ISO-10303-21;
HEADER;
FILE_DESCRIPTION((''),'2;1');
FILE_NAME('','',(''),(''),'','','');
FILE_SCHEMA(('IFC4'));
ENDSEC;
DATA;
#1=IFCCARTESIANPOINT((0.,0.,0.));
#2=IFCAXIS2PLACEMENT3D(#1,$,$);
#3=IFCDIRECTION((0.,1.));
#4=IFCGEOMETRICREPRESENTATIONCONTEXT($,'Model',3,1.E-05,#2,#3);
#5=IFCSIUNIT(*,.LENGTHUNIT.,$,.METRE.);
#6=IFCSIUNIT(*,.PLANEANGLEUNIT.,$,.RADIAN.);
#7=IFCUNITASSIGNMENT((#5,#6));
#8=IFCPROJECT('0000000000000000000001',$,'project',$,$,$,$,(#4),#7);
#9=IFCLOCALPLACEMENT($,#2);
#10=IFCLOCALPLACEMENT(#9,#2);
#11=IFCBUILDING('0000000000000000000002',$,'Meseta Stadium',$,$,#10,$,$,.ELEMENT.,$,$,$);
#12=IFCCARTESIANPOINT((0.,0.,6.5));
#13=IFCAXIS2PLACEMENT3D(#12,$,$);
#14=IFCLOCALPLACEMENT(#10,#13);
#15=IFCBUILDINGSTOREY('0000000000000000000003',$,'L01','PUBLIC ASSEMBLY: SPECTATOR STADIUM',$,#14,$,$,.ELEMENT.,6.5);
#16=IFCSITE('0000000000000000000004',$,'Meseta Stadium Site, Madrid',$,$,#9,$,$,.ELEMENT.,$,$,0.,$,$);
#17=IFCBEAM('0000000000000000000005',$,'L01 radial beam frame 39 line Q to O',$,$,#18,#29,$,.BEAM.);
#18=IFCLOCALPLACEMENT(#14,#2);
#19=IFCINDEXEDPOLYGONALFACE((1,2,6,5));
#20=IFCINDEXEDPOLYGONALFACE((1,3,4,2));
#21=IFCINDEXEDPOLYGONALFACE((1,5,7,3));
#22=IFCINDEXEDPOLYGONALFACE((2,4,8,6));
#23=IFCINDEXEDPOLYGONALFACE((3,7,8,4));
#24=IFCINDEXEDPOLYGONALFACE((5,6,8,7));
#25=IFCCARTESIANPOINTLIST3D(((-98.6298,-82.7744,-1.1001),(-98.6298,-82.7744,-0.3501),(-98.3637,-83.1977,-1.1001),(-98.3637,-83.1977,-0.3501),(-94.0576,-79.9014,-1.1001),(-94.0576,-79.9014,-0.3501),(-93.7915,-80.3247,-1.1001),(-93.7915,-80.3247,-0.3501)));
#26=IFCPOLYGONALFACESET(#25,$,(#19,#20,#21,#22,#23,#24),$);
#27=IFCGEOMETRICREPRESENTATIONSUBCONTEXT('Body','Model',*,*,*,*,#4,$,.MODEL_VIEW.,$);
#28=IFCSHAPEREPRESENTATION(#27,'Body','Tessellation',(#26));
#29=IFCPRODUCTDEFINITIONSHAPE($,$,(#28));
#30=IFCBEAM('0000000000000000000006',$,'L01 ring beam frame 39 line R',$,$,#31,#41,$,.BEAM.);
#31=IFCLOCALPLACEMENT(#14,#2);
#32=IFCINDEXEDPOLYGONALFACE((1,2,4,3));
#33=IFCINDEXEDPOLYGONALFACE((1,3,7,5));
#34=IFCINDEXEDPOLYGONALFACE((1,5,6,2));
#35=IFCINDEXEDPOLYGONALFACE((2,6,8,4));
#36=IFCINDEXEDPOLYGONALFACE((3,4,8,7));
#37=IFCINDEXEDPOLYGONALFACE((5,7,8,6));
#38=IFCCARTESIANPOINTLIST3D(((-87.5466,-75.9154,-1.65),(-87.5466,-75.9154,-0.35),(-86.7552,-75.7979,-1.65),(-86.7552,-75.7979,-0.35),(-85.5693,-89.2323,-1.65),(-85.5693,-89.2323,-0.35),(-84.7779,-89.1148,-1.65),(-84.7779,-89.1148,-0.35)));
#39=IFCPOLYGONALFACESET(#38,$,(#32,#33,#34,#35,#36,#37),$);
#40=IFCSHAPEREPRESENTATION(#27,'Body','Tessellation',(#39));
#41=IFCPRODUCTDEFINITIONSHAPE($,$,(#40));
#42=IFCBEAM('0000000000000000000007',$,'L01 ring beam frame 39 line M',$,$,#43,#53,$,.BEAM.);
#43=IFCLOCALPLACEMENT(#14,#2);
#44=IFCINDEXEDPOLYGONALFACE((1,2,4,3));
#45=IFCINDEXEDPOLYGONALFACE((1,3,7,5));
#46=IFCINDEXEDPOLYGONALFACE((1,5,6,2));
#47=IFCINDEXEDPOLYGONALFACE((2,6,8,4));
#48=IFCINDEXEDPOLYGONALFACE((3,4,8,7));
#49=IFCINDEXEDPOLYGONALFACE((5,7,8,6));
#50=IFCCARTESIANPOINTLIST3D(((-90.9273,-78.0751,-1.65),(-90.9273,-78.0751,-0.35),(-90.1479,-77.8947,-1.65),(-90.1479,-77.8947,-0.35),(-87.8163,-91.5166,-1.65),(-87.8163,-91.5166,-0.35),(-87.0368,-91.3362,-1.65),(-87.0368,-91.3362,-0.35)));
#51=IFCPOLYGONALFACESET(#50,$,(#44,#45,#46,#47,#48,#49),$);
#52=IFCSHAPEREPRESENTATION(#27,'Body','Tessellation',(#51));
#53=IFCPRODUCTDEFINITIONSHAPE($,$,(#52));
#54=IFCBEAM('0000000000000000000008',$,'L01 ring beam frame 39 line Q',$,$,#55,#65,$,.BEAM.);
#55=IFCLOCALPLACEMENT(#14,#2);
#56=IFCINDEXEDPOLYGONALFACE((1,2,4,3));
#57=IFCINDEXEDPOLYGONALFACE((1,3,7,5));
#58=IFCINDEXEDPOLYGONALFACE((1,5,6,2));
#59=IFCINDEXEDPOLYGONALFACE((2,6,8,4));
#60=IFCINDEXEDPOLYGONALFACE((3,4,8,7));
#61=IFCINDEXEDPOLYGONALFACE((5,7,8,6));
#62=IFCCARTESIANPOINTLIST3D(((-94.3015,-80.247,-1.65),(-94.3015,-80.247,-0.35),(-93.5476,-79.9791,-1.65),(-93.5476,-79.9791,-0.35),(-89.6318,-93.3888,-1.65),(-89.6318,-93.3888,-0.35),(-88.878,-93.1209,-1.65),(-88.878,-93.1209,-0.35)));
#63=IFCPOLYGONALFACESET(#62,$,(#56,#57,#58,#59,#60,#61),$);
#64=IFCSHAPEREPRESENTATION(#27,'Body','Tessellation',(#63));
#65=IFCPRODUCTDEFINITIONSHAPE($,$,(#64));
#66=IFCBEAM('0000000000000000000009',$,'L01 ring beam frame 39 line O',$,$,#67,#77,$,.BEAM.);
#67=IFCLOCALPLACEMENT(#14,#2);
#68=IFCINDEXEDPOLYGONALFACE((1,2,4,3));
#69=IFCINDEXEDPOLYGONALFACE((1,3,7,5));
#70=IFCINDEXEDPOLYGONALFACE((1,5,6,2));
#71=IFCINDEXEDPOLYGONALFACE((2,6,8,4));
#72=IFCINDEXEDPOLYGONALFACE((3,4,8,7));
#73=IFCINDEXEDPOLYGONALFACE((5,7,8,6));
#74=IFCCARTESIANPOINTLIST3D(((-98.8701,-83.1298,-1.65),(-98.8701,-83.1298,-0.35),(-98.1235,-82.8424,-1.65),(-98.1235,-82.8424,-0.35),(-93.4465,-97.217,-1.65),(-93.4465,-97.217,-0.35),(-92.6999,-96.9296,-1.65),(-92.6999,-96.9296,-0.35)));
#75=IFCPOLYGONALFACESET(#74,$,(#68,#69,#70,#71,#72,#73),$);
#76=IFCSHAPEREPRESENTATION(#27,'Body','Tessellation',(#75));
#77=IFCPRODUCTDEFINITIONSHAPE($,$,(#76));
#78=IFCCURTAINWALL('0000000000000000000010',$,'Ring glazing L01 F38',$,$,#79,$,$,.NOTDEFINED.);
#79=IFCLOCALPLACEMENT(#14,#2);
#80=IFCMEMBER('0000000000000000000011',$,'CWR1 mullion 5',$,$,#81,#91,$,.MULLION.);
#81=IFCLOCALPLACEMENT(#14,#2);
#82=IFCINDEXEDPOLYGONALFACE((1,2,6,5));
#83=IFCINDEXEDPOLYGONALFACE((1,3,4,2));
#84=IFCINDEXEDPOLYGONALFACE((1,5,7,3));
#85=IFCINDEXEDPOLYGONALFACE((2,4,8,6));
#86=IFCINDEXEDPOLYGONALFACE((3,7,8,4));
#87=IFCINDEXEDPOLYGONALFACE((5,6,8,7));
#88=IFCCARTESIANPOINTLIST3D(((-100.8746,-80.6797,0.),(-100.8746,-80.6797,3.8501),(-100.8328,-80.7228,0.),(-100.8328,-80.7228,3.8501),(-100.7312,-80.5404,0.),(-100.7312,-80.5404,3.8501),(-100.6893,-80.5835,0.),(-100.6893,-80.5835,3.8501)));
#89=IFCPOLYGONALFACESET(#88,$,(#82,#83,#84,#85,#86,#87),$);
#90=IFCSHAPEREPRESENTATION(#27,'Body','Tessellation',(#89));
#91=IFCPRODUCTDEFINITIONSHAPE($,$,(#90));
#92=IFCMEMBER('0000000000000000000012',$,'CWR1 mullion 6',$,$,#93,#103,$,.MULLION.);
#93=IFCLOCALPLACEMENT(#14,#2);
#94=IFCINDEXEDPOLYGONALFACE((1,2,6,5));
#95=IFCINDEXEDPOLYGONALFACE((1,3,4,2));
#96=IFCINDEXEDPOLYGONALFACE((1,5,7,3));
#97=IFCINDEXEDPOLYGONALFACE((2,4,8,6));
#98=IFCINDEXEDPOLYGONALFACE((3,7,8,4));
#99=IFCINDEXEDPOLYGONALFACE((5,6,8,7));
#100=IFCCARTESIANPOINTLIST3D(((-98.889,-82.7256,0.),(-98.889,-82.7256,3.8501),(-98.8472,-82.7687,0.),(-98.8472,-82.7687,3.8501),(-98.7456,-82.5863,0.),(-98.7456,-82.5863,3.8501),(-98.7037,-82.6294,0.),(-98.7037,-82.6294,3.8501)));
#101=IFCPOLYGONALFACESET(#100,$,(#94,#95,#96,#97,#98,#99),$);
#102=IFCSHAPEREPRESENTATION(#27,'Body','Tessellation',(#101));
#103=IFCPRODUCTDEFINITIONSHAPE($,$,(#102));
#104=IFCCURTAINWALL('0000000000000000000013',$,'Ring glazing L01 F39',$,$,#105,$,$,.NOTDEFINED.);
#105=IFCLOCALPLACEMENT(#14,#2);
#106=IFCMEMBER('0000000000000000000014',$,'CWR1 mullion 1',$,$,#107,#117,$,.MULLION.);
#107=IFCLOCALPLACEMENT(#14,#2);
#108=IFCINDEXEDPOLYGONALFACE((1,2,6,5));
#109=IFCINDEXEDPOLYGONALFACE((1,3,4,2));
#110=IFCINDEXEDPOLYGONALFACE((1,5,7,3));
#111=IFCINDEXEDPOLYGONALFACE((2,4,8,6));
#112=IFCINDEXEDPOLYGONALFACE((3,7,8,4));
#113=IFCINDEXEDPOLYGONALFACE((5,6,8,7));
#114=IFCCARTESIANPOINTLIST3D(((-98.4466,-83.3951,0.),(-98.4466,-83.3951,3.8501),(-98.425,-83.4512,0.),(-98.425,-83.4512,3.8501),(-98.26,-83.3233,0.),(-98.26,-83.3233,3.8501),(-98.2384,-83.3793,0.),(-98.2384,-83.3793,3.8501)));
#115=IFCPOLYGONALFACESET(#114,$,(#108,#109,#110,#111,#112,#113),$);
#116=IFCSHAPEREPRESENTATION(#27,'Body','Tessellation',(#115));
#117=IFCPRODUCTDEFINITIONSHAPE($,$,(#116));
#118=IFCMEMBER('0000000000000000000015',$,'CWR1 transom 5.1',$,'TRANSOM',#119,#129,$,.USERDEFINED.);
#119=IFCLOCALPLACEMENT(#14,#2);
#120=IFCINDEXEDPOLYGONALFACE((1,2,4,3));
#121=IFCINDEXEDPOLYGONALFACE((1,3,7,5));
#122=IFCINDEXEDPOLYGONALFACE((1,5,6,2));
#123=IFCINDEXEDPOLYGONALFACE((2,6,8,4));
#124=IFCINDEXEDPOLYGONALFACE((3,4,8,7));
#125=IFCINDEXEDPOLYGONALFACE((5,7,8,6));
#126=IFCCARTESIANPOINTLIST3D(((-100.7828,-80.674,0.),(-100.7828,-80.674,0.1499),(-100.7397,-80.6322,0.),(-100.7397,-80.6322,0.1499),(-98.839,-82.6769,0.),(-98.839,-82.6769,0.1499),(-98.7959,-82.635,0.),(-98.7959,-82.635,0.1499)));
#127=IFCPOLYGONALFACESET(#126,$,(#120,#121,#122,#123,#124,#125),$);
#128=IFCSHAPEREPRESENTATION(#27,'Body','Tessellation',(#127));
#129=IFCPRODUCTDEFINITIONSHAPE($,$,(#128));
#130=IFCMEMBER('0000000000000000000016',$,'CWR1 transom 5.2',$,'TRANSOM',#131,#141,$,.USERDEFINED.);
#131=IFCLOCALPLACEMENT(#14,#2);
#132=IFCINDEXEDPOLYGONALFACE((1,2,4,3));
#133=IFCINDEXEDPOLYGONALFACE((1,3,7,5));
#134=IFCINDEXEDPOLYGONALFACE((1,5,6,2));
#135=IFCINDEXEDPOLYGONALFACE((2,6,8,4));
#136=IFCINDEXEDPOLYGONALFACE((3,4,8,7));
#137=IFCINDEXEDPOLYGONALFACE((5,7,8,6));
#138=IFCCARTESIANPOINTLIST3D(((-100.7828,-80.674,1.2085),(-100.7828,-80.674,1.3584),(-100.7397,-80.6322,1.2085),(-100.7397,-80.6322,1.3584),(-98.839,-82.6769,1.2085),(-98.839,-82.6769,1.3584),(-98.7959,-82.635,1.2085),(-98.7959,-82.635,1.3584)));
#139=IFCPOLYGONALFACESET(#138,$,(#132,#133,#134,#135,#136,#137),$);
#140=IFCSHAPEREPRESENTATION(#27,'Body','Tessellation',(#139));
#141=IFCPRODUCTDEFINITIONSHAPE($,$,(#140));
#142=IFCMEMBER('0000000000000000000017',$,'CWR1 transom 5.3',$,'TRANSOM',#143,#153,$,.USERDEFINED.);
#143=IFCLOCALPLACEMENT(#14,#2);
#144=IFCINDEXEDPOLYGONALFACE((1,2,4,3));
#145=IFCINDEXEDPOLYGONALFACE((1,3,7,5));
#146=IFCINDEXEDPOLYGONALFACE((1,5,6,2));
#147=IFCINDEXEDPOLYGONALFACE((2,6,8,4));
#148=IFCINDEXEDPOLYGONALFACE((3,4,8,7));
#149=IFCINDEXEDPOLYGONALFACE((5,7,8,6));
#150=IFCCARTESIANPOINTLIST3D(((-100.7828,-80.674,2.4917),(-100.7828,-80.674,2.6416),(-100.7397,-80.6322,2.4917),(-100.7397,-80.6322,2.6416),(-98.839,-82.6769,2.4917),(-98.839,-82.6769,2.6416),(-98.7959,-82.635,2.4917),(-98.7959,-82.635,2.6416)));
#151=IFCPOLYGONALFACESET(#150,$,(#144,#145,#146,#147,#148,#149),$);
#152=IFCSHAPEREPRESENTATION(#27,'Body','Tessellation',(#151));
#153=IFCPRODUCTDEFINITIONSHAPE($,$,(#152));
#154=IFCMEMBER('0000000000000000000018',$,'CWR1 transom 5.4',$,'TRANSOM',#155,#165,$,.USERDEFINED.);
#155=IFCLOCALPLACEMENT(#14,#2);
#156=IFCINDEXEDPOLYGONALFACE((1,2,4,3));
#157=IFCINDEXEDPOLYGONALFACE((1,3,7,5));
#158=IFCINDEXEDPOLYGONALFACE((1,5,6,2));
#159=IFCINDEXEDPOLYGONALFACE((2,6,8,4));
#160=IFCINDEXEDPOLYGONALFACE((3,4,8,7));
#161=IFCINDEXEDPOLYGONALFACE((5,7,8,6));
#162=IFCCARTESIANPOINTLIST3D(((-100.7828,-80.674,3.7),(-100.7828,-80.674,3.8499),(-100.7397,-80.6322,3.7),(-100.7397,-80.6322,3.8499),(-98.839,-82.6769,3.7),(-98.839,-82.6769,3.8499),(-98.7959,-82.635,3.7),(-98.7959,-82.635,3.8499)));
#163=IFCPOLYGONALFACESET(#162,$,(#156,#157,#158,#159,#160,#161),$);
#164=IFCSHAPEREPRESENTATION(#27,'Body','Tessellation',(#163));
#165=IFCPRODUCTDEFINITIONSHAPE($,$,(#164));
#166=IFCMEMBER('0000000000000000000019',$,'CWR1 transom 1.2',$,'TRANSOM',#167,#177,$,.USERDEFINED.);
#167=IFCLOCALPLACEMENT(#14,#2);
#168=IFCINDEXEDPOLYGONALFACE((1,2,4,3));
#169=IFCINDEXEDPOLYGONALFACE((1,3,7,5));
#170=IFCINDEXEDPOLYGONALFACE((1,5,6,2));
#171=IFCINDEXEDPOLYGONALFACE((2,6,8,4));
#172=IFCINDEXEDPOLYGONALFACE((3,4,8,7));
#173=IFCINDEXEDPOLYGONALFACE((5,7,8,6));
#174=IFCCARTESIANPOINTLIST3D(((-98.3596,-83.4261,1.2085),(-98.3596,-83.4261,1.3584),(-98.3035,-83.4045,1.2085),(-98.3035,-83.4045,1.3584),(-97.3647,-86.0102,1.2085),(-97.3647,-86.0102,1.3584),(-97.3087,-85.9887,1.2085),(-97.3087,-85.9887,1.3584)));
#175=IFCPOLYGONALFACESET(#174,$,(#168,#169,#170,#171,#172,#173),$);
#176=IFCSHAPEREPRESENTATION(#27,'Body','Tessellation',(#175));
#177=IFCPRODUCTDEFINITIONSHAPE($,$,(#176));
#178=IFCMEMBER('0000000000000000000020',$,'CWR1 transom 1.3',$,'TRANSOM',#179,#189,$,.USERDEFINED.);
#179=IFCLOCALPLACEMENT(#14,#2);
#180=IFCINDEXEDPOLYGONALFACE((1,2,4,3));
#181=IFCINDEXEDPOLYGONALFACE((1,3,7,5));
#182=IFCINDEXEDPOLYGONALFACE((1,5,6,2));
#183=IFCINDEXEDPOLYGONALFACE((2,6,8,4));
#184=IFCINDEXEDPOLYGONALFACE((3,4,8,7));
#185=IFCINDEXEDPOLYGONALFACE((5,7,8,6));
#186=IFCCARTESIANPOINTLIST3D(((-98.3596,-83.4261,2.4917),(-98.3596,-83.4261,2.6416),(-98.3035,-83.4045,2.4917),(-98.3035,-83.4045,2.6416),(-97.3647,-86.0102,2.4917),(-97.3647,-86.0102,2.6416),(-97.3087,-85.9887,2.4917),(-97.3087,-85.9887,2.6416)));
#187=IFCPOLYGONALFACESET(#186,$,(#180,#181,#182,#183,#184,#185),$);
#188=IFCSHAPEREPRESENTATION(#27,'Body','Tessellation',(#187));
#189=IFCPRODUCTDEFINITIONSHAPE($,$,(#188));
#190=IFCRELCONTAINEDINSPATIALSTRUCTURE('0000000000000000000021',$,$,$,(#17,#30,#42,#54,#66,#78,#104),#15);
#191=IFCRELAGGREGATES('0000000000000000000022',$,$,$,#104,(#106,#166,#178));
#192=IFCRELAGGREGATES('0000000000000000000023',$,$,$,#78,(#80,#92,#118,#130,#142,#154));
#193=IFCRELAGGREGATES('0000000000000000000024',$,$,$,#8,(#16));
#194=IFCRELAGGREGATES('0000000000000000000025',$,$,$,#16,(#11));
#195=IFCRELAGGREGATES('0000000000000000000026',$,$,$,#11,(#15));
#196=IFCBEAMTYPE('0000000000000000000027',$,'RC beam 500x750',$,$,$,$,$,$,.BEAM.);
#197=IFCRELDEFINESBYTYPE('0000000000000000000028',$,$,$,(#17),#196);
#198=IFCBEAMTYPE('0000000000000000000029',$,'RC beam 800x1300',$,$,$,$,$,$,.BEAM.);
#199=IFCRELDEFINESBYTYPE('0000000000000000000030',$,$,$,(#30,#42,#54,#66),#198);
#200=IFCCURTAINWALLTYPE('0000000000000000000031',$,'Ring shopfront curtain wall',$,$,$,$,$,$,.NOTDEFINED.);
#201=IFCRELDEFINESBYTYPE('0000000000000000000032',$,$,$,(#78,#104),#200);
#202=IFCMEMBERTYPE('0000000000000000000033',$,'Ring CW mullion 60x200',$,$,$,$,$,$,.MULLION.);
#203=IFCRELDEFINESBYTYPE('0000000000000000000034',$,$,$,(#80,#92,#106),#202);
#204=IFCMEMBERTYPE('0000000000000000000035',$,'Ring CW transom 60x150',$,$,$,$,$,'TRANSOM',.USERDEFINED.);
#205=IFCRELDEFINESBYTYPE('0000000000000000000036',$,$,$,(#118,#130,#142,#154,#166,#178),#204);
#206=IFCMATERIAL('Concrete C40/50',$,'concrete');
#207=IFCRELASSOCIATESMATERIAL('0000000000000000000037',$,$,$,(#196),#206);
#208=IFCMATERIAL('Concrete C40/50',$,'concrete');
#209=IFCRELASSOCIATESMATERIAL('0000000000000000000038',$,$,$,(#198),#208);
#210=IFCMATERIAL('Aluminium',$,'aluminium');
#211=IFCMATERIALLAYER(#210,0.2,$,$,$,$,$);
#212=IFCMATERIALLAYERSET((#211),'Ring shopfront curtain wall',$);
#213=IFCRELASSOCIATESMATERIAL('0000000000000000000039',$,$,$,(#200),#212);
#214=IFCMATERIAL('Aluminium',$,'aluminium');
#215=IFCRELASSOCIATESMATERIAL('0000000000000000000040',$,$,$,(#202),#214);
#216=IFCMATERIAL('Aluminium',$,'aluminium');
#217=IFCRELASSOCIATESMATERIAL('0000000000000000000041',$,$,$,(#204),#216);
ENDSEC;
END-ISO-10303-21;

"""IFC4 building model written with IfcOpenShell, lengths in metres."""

from ifc_helpers import new_model, si_unit, direction, frame, origin, origin_2d, place, context, subcontext, project, spatial, rectangle, extrude, material, layer, layer_set, material_profile, profile_set, type_object, element, aggregate, save


model = new_model("IFC4")

# Units and contexts
model_context = context("Model", 3, precision=1e-05, world=origin(), true_north=direction((0.0, 1.0)))
body_context = subcontext(model_context, "Body", "Model", "MODEL_VIEW")
ifc_project = project(units=[si_unit("LENGTHUNIT", "METRE"), si_unit("PLANEANGLEUNIT", "RADIAN")], contexts=[model_context])

# Site, building, storey
site_placement = place(None, origin())
site = spatial("IfcSite", under=ifc_project, at=site_placement, Name="Meseta Stadium Site, Madrid", CompositionType="ELEMENT", RefElevation=0.0)
building_placement = place(site_placement, origin())
building = spatial("IfcBuilding", under=site, at=building_placement, Name="Meseta Stadium", CompositionType="ELEMENT")
storey_placement = place(building_placement, frame((0.0, 0.0, 6.5)))
storey = spatial("IfcBuildingStorey", under=building, at=storey_placement, Name="L01", Description="PUBLIC ASSEMBLY: SPECTATOR STADIUM", CompositionType="ELEMENT", Elevation=6.5)

# Beams
ifc_material_1 = material(Name="Concrete C40/50", Category="concrete")
ifc_material_profile_1 = material_profile(ifc_material_1, rectangle(XDim=0.5, YDim=0.75, at=origin_2d()), Name="RC 500x750")
ifc_profile_set_1 = profile_set([ifc_material_profile_1], Name="Concrete C40/50")
beam_type_1 = type_object("IfcBeamType", Name="RC beam 500x750", PredefinedType="BEAM", material=ifc_profile_set_1)
beam_1_placement = place(storey_placement, frame((-93.9246, -80.113, -0.7251), z_axis=(-0.846716, -0.532046, 0.0), x_axis=(0.532046, -0.846716, 0.0)))
element("IfcBeam", 1, at=beam_1_placement, inside=storey, type_object=beam_type_1, Name="L01 radial beam frame 39 line Q to O", PredefinedType="BEAM", context=body_context, shape_type="SweptSolid", body=[
    extrude(rectangle(XDim=0.5, YDim=0.75, at=origin_2d()), origin(), (0.0, 0.0, 1.0), 5.3999),
])
ifc_material_2 = material(Name="Concrete C40/50", Category="concrete")
ifc_material_profile_2 = material_profile(ifc_material_2, rectangle(XDim=0.8, YDim=1.3, at=origin_2d()), Name="RC 800x1300")
ifc_profile_set_2 = profile_set([ifc_material_profile_2], Name="Concrete C40/50")
beam_type_2 = type_object("IfcBeamType", Name="RC beam 800x1300", PredefinedType="BEAM", material=ifc_profile_set_2)
beam_2_placement = place(storey_placement, frame((-87.1509, -75.8567, -1.0), z_axis=(0.14687, -0.989156, 0.0), x_axis=(0.989156, 0.14687, 0.0)))
element("IfcBeam", 2, at=beam_2_placement, inside=storey, type_object=beam_type_2, Name="L01 ring beam frame 39 line R", PredefinedType="BEAM", context=body_context, shape_type="SweptSolid", body=[
    extrude(rectangle(XDim=0.8, YDim=1.3, at=origin_2d()), origin(), (0.0, 0.0, 1.0), 13.4629),
])
beam_3_placement = place(storey_placement, frame((-90.5376, -77.9849, -1.0), z_axis=(0.22549, -0.974245, 0.0), x_axis=(0.974245, 0.22549, 0.0)))
element("IfcBeam", 3, at=beam_3_placement, inside=storey, type_object=beam_type_2, Name="L01 ring beam frame 39 line M", PredefinedType="BEAM", context=body_context, shape_type="SweptSolid", body=[
    extrude(rectangle(XDim=0.8, YDim=1.3, at=origin_2d()), origin(), (0.0, 0.0, 1.0), 13.7969),
])
beam_4_placement = place(storey_placement, frame((-93.9246, -80.113, -1.0), z_axis=(0.33482, -0.942282, 0.0), x_axis=(0.942282, 0.33482, 0.0)))
element("IfcBeam", 4, at=beam_4_placement, inside=storey, type_object=beam_type_2, Name="L01 ring beam frame 39 line Q", PredefinedType="BEAM", context=body_context, shape_type="SweptSolid", body=[
    extrude(rectangle(XDim=0.8, YDim=1.3, at=origin_2d()), origin(), (0.0, 0.0, 1.0), 13.9468),
])
beam_5_placement = place(storey_placement, frame((-98.4968, -82.9861, -1.0), z_axis=(0.359293, -0.933225, 0.0), x_axis=(0.933225, 0.359293, 0.0)))
element("IfcBeam", 5, at=beam_5_placement, inside=storey, type_object=beam_type_2, Name="L01 ring beam frame 39 line O", PredefinedType="BEAM", context=body_context, shape_type="SweptSolid", body=[
    extrude(rectangle(XDim=0.8, YDim=1.3, at=origin_2d()), origin(), (0.0, 0.0, 1.0), 15.0952),
])

# Curtain wall, members
ifc_material_3 = material(Name="Aluminium", Category="aluminium")
ifc_layer_1 = layer(ifc_material_3, 0.2)
ifc_layer_set_1 = layer_set([ifc_layer_1], Name="Ring shopfront curtain wall")
curtain_wall_type = type_object("IfcCurtainWallType", Name="Ring shopfront curtain wall", PredefinedType="NOTDEFINED", material=ifc_layer_set_1)
curtain_wall_1_placement = place(storey_placement, origin())
curtain_wall_1 = element("IfcCurtainWall", 6, at=curtain_wall_1_placement, inside=storey, type_object=curtain_wall_type, Name="Ring glazing L01 F38", PredefinedType="NOTDEFINED")
ifc_material_4 = material(Name="Aluminium", Category="aluminium")
ifc_material_profile_3 = material_profile(ifc_material_4, rectangle(XDim=0.2, YDim=0.0601, at=origin_2d()), Name="CW 200x60")
ifc_profile_set_3 = profile_set([ifc_material_profile_3], Name="Aluminium")
member_type_1 = type_object("IfcMemberType", Name="Ring CW mullion 60x200", PredefinedType="MULLION", material=ifc_profile_set_3)
member_1_placement = place(storey_placement, frame((-100.782, -80.6316, 0.0), z_axis=(0.0, 0.0, 1.0), x_axis=(0.717583, 0.696473, 0.0)))
member_1 = element("IfcMember", 7, at=member_1_placement, type_object=member_type_1, Name="CWR1 mullion 5", PredefinedType="MULLION", context=body_context, shape_type="SweptSolid", body=[
    extrude(rectangle(XDim=0.2, YDim=0.0601, at=origin_2d()), origin(), (0.0, 0.0, 1.0), 3.8501),
])
member_2_placement = place(storey_placement, frame((-98.7964, -82.6775, 0.0), z_axis=(0.0, 0.0, 1.0), x_axis=(0.717583, 0.696473, 0.0)))
member_2 = element("IfcMember", 8, at=member_2_placement, type_object=member_type_1, Name="CWR1 mullion 6", PredefinedType="MULLION", context=body_context, shape_type="SweptSolid", body=[
    extrude(rectangle(XDim=0.2, YDim=0.0601, at=origin_2d()), origin(), (0.0, 0.0, 1.0), 3.8501),
])

# Curtain wall, member
curtain_wall_2_placement = place(storey_placement, origin())
curtain_wall_2 = element("IfcCurtainWall", 9, at=curtain_wall_2_placement, inside=storey, type_object=curtain_wall_type, Name="Ring glazing L01 F39", PredefinedType="NOTDEFINED")
member_3_placement = place(storey_placement, frame((-98.3425, -83.3872, 0.0), z_axis=(0.0, 0.0, 1.0), x_axis=(0.933221, 0.359302, 0.0)))
member_3 = element("IfcMember", 10, at=member_3_placement, type_object=member_type_1, Name="CWR1 mullion 1", PredefinedType="MULLION", context=body_context, shape_type="SweptSolid", body=[
    extrude(rectangle(XDim=0.2, YDim=0.0601, at=origin_2d()), origin(), (0.0, 0.0, 1.0), 3.8501),
])

# Members
ifc_material_5 = material(Name="Aluminium", Category="aluminium")
ifc_material_profile_4 = material_profile(ifc_material_5, rectangle(XDim=0.0601, YDim=0.1499, at=origin_2d()), Name="CW 60x150")
ifc_profile_set_4 = profile_set([ifc_material_profile_4], Name="Aluminium")
member_type_2 = type_object("IfcMemberType", Name="Ring CW transom 60x150", ElementType="TRANSOM", PredefinedType="USERDEFINED", material=ifc_profile_set_4)
member_4_placement = place(storey_placement, frame((-100.7612, -80.6531, 0.075), z_axis=(0.696444, -0.717612, 0.0), x_axis=(0.717612, 0.696444, 0.0)))
member_4 = element("IfcMember", 11, at=member_4_placement, type_object=member_type_2, Name="CWR1 transom 5.1", ObjectType="TRANSOM", PredefinedType="USERDEFINED", context=body_context, shape_type="SweptSolid", body=[
    extrude(rectangle(XDim=0.0601, YDim=0.1499, at=origin_2d()), origin(), (0.0, 0.0, 1.0), 2.791),
])
member_5_placement = place(storey_placement, frame((-100.7612, -80.6531, 1.2834), z_axis=(0.696444, -0.717612, 0.0), x_axis=(0.717612, 0.696444, 0.0)))
member_5 = element("IfcMember", 12, at=member_5_placement, type_object=member_type_2, Name="CWR1 transom 5.2", ObjectType="TRANSOM", PredefinedType="USERDEFINED", context=body_context, shape_type="SweptSolid", body=[
    extrude(rectangle(XDim=0.0601, YDim=0.1499, at=origin_2d()), origin(), (0.0, 0.0, 1.0), 2.791),
])
member_6_placement = place(storey_placement, frame((-100.7612, -80.6531, 2.5667), z_axis=(0.696444, -0.717612, 0.0), x_axis=(0.717612, 0.696444, 0.0)))
member_6 = element("IfcMember", 13, at=member_6_placement, type_object=member_type_2, Name="CWR1 transom 5.3", ObjectType="TRANSOM", PredefinedType="USERDEFINED", context=body_context, shape_type="SweptSolid", body=[
    extrude(rectangle(XDim=0.0601, YDim=0.1499, at=origin_2d()), origin(), (0.0, 0.0, 1.0), 2.791),
])
member_7_placement = place(storey_placement, frame((-100.7612, -80.6531, 3.7749), z_axis=(0.696444, -0.717612, 0.0), x_axis=(0.717612, 0.696444, 0.0)))
member_7 = element("IfcMember", 14, at=member_7_placement, type_object=member_type_2, Name="CWR1 transom 5.4", ObjectType="TRANSOM", PredefinedType="USERDEFINED", context=body_context, shape_type="SweptSolid", body=[
    extrude(rectangle(XDim=0.0601, YDim=0.1499, at=origin_2d()), origin(), (0.0, 0.0, 1.0), 2.791),
])
member_8_placement = place(storey_placement, frame((-98.3315, -83.4153, 1.2834), z_axis=(0.359274, -0.933232, 0.0), x_axis=(0.933232, 0.359274, 0.0)))
member_8 = element("IfcMember", 15, at=member_8_placement, type_object=member_type_2, Name="CWR1 transom 1.2", ObjectType="TRANSOM", PredefinedType="USERDEFINED", context=body_context, shape_type="SweptSolid", body=[
    extrude(rectangle(XDim=0.0601, YDim=0.1499, at=origin_2d()), origin(), (0.0, 0.0, 1.0), 2.769),
])
member_9_placement = place(storey_placement, frame((-98.3315, -83.4153, 2.5667), z_axis=(0.359274, -0.933232, 0.0), x_axis=(0.933232, 0.359274, 0.0)))
member_9 = element("IfcMember", 16, at=member_9_placement, type_object=member_type_2, Name="CWR1 transom 1.3", ObjectType="TRANSOM", PredefinedType="USERDEFINED", context=body_context, shape_type="SweptSolid", body=[
    extrude(rectangle(XDim=0.0601, YDim=0.1499, at=origin_2d()), origin(), (0.0, 0.0, 1.0), 2.769),
])
aggregate(curtain_wall_2, [member_3, member_8, member_9])

aggregate(curtain_wall_1, [member_1, member_2, member_4, member_5, member_6, member_7])

save(model, "model.ifc")
